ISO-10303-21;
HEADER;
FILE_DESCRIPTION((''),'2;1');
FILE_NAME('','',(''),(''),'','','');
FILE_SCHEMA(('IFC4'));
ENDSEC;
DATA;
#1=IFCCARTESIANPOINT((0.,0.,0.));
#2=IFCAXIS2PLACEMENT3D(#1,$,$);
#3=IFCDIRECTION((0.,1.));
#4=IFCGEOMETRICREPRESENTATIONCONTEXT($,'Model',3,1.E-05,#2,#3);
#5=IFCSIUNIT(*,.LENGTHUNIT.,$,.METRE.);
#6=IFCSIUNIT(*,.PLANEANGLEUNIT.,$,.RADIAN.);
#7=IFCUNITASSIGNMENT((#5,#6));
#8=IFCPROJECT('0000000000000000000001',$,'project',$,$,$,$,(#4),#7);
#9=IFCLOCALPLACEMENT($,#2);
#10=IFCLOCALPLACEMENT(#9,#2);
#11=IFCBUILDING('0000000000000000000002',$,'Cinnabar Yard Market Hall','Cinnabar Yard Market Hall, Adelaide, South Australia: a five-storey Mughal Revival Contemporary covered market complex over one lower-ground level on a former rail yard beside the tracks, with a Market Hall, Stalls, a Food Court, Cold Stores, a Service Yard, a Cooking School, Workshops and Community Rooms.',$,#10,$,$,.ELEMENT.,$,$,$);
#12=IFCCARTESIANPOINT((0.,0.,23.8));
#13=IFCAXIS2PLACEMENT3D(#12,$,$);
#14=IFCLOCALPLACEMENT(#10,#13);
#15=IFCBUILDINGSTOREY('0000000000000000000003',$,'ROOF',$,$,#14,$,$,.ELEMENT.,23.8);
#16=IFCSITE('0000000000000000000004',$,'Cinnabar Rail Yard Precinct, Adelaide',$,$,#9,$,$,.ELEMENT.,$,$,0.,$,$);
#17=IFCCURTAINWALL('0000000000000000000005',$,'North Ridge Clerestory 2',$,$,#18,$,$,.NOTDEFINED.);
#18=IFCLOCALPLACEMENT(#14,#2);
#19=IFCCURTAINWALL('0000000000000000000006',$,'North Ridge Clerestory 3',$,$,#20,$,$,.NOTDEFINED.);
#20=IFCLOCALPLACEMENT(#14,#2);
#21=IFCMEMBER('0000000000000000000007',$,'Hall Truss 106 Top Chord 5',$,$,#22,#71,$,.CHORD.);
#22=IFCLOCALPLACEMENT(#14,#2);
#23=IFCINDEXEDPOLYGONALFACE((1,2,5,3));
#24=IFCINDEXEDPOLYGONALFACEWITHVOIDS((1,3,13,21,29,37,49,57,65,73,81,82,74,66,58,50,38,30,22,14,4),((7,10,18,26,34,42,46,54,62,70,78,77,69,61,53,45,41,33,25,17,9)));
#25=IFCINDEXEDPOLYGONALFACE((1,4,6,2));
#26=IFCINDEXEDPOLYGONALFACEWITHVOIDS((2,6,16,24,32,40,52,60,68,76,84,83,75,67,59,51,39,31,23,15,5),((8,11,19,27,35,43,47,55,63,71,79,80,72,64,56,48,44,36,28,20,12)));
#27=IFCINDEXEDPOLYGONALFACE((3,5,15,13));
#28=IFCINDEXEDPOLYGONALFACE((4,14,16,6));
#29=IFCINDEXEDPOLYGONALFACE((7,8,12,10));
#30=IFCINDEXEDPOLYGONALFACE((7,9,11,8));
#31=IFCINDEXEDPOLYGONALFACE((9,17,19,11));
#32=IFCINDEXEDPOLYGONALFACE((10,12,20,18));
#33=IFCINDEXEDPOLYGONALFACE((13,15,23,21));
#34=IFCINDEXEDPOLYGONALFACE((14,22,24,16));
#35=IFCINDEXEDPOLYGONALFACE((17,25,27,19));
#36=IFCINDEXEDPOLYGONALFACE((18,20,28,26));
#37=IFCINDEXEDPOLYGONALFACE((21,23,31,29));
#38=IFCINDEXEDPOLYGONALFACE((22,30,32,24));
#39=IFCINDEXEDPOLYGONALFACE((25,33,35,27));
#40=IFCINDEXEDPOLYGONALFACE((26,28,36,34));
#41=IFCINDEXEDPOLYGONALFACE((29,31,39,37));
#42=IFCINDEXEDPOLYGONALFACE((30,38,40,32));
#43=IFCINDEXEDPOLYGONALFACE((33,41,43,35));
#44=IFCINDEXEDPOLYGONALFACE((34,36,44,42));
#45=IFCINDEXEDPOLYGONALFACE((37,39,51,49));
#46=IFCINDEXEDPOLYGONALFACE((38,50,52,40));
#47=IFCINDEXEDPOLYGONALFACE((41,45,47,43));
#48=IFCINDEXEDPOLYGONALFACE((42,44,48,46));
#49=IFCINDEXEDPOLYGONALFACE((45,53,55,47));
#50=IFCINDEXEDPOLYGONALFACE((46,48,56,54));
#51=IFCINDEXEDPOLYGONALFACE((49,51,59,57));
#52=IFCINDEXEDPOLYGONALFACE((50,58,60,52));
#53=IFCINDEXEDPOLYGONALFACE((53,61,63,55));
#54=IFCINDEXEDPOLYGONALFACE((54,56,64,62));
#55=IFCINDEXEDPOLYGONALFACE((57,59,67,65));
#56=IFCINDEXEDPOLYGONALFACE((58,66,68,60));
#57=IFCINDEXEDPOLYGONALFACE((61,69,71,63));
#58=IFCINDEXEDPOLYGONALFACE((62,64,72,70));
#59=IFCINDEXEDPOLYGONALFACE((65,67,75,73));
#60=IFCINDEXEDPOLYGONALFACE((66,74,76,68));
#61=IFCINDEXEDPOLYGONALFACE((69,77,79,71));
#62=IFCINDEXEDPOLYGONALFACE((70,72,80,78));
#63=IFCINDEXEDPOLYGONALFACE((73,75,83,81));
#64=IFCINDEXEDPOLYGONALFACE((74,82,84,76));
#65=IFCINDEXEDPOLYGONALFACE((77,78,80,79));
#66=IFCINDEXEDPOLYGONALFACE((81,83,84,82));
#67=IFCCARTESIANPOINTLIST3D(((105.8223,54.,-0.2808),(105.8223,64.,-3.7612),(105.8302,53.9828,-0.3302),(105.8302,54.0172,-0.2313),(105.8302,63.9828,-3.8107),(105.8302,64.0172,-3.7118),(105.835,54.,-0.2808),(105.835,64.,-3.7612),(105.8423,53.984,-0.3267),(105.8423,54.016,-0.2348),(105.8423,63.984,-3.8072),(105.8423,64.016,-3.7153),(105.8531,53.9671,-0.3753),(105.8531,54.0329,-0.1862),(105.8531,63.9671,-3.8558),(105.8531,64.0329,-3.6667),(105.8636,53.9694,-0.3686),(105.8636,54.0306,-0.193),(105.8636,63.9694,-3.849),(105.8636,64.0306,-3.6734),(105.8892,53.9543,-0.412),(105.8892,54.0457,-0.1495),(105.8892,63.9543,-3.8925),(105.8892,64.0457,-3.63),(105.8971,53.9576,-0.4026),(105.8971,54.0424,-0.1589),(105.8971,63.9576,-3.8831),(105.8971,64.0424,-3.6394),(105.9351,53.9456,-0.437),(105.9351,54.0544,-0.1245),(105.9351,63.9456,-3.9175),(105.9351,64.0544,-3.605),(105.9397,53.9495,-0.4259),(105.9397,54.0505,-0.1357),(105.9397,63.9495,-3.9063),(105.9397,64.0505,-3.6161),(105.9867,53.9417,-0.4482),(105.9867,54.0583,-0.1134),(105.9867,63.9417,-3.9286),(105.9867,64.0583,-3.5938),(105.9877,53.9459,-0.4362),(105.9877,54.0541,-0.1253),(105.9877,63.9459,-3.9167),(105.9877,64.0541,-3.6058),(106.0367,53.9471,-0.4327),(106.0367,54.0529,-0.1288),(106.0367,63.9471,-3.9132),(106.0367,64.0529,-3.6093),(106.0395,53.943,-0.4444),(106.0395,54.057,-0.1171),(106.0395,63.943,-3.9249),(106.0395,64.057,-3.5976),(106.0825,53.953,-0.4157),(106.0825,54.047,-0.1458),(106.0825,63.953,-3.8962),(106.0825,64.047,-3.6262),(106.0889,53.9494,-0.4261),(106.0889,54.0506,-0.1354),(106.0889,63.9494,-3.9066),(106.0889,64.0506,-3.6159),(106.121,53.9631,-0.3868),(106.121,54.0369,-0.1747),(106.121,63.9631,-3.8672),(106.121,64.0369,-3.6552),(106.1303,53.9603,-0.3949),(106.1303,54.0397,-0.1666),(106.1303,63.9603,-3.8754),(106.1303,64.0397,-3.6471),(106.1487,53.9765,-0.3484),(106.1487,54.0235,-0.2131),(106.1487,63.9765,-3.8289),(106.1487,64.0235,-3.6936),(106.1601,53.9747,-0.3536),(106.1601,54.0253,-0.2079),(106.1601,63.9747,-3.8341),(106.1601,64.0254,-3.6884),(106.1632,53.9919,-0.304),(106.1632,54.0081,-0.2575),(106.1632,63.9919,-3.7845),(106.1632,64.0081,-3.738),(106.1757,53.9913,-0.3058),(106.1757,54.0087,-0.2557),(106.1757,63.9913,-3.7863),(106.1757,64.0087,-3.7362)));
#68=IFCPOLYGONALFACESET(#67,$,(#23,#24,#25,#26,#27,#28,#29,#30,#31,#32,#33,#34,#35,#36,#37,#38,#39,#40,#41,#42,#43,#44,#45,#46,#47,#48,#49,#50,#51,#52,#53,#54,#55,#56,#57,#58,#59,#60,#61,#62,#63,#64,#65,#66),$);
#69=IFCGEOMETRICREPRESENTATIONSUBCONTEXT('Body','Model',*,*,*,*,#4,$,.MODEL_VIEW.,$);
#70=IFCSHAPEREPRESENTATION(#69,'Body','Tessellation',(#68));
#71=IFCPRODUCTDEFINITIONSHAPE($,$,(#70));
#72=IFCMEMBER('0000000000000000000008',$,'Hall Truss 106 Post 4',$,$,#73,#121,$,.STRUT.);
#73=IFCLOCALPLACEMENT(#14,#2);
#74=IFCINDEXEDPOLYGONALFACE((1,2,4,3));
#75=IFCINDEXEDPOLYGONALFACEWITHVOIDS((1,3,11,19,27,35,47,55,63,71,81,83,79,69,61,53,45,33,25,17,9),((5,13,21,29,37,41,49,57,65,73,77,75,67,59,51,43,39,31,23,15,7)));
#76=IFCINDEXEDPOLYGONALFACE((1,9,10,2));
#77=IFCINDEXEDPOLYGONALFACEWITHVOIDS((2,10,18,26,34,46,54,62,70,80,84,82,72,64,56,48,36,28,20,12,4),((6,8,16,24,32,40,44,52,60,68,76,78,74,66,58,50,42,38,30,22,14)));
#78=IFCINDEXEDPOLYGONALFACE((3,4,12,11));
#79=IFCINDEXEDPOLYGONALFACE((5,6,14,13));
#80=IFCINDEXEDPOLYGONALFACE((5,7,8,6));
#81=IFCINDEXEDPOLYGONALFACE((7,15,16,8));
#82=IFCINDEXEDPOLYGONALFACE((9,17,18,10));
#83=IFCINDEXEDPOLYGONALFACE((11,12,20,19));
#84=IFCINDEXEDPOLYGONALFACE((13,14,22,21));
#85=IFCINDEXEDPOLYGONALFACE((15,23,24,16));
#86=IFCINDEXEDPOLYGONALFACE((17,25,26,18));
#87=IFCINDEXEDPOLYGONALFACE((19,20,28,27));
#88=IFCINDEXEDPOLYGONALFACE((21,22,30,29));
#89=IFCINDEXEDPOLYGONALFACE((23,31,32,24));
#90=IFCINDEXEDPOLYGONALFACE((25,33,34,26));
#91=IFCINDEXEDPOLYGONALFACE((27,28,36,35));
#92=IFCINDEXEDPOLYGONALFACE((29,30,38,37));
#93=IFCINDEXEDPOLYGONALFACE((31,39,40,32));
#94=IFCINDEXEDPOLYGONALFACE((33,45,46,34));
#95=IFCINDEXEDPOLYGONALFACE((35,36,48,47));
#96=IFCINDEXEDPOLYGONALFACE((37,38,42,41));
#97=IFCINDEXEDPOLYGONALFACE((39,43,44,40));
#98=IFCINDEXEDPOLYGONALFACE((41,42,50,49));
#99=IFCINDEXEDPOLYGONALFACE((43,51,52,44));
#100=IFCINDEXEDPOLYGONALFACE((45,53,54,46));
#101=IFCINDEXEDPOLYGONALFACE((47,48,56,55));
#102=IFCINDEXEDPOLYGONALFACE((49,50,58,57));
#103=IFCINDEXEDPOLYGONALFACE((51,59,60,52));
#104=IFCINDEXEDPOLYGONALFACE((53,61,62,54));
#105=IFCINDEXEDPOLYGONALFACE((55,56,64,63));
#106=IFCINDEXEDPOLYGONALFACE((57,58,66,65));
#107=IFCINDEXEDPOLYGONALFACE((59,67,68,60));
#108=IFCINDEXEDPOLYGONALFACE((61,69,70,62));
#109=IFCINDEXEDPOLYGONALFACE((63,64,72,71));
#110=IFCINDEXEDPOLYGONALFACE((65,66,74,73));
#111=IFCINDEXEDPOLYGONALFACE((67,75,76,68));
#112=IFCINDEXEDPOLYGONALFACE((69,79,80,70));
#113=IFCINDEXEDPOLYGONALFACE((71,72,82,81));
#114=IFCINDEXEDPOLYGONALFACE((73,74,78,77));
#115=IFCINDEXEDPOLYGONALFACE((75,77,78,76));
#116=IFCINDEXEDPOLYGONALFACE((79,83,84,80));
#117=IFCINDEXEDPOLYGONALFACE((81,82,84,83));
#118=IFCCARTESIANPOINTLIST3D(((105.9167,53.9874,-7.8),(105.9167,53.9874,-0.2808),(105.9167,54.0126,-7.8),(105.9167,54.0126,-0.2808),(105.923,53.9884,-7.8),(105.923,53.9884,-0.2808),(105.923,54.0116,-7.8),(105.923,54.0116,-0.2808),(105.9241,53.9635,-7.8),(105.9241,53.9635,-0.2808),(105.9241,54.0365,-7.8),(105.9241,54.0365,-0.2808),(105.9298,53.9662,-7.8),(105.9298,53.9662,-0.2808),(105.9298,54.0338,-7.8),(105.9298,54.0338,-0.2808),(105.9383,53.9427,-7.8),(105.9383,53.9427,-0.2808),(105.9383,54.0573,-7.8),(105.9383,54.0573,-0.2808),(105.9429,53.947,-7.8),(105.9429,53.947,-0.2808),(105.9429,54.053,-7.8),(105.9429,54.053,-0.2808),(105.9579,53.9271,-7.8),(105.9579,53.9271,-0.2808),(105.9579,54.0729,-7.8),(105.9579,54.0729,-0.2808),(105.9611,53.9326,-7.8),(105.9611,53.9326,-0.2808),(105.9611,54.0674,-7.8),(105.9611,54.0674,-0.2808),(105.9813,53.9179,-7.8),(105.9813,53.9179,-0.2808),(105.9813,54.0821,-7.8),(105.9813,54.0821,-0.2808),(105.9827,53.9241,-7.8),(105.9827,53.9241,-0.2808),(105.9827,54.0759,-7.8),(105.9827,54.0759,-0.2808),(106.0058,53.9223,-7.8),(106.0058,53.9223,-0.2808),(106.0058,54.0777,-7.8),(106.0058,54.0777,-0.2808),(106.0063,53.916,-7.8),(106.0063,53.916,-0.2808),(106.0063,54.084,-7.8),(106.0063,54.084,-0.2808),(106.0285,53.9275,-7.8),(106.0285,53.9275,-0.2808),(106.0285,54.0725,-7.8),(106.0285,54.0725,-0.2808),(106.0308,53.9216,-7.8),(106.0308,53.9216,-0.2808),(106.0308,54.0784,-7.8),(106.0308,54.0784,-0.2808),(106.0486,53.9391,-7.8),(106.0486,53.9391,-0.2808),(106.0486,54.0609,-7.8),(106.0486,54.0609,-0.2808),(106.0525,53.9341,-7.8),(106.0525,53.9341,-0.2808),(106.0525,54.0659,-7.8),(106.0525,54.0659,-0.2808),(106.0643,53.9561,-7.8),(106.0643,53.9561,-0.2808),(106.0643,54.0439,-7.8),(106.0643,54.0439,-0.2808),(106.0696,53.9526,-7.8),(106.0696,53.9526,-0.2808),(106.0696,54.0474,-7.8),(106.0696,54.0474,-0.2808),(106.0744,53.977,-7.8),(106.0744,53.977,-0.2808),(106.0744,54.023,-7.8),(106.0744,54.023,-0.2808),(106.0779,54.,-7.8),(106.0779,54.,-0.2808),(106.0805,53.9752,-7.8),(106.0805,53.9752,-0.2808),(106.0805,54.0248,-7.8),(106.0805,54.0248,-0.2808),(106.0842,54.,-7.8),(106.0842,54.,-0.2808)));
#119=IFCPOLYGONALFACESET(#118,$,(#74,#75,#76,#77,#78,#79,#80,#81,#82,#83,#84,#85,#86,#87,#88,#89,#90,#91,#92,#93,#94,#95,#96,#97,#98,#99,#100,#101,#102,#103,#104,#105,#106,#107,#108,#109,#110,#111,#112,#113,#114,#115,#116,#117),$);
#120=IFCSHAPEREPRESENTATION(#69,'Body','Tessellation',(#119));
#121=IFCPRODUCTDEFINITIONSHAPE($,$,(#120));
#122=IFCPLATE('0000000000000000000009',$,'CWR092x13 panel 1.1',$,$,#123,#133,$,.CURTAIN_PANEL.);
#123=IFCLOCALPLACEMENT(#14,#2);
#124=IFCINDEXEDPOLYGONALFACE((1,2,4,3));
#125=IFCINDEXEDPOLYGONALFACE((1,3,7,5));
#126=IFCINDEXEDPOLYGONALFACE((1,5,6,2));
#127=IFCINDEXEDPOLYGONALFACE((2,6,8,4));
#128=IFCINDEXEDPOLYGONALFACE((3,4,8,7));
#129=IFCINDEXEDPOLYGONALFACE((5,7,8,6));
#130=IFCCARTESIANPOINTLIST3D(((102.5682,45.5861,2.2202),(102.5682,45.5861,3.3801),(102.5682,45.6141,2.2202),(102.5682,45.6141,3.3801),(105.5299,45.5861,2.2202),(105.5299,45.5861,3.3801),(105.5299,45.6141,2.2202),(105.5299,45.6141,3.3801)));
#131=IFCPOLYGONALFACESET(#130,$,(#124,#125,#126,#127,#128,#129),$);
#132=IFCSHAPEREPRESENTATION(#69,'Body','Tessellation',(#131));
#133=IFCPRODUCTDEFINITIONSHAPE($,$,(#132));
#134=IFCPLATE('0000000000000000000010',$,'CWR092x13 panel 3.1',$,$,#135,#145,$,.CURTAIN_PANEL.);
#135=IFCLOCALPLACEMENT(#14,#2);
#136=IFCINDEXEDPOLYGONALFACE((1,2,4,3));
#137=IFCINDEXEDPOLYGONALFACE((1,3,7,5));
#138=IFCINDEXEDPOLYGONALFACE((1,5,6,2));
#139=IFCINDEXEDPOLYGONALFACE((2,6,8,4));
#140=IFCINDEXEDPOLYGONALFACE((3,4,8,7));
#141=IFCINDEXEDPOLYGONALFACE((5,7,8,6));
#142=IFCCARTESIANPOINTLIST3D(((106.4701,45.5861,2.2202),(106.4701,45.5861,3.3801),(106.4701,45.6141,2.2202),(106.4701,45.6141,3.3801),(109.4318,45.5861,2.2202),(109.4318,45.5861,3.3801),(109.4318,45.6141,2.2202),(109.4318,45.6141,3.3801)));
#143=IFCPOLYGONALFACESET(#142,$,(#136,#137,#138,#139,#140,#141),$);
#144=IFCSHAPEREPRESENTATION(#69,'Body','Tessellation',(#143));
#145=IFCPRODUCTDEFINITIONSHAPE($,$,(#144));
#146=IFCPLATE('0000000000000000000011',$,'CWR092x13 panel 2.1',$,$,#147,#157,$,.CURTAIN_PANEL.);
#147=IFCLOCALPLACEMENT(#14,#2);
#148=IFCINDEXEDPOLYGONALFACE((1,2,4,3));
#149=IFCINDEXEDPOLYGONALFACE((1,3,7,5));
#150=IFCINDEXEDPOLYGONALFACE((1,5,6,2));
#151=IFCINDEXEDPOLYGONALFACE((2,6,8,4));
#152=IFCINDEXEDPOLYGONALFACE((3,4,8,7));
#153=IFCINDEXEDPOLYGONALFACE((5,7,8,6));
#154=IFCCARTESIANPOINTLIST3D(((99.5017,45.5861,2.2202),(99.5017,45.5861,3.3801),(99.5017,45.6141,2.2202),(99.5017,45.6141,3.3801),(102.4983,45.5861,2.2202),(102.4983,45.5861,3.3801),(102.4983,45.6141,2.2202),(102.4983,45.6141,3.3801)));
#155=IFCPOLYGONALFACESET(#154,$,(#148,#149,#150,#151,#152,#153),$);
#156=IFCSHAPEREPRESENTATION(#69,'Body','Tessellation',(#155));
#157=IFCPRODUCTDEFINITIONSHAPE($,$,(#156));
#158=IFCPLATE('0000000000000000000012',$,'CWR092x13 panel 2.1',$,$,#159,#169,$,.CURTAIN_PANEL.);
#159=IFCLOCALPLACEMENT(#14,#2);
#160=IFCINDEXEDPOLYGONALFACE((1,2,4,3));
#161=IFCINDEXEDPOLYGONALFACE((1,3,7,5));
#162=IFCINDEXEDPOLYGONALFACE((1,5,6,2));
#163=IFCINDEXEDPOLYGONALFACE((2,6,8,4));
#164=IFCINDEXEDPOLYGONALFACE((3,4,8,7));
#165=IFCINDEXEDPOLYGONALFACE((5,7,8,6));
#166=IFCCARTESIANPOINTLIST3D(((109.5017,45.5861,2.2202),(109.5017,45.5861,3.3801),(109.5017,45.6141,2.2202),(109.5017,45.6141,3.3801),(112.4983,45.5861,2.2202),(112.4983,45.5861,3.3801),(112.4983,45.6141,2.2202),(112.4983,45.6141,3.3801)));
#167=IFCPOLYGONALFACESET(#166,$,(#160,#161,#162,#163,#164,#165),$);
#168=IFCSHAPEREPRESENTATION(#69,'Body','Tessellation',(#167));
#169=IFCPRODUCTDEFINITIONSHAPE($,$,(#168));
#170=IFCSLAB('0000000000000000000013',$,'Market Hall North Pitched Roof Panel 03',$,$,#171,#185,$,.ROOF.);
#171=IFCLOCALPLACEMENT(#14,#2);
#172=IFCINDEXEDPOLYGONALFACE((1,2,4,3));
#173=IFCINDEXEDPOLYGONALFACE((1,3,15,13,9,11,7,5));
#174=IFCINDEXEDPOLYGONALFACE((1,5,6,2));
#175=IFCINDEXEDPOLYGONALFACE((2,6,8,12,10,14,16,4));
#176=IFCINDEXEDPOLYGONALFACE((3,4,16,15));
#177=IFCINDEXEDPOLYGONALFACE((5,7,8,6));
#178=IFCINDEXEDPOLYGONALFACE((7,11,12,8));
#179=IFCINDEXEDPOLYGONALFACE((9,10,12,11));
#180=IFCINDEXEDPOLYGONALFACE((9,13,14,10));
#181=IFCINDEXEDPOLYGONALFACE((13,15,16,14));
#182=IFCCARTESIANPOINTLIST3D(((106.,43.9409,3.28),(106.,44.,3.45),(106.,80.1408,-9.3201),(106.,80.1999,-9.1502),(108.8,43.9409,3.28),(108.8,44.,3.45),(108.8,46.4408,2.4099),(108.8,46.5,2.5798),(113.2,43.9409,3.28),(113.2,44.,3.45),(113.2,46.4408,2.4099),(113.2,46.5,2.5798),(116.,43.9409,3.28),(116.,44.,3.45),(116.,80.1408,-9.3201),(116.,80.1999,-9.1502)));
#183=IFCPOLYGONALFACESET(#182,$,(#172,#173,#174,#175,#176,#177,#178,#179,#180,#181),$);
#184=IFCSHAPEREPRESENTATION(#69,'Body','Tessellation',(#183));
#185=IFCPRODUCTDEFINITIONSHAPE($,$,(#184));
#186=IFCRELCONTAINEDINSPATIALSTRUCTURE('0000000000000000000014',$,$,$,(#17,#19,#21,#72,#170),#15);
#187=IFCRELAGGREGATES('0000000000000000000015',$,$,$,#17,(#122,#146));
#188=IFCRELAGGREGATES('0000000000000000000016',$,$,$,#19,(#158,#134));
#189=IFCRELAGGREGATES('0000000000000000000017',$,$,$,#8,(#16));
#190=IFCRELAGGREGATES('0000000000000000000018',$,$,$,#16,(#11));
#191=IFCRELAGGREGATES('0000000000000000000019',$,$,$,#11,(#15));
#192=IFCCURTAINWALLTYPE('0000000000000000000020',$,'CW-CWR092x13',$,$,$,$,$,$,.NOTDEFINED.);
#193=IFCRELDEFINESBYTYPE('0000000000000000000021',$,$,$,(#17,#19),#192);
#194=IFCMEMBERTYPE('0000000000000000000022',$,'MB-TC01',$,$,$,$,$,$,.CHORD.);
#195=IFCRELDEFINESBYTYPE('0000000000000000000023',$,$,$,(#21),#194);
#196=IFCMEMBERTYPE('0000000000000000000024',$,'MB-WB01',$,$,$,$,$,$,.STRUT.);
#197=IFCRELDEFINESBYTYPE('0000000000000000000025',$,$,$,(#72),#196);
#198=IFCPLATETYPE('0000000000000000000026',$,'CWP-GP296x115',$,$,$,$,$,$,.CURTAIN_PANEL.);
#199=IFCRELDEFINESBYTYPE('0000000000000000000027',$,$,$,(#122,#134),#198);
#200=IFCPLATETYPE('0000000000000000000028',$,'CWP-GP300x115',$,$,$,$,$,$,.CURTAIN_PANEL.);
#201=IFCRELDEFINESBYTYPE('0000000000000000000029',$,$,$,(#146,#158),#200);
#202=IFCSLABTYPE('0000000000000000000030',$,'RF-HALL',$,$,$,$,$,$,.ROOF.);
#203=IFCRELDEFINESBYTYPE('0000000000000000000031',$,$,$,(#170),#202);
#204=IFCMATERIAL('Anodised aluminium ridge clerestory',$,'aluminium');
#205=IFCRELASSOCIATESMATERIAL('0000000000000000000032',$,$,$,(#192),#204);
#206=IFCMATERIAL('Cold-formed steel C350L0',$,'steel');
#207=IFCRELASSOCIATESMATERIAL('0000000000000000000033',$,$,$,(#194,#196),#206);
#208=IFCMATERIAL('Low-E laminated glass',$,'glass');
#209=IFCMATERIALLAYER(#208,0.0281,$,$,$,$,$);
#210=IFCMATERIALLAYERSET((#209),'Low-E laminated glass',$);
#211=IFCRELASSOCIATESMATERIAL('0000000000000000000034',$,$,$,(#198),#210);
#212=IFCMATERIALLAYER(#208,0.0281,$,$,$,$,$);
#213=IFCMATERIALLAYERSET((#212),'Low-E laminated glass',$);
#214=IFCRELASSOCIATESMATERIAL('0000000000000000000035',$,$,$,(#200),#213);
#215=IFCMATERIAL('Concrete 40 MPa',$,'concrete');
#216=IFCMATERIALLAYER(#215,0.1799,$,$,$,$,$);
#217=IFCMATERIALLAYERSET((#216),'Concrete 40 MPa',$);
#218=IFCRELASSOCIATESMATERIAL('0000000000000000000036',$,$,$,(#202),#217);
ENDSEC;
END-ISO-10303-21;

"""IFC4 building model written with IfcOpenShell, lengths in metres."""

from ifc_helpers import new_model, si_unit, direction, frame, origin, origin_2d_with_axis, place, context, subcontext, project, spatial, polyline, rectangle, hollow_circle, outline, extrude, material, layer, layer_set, material_profile, profile_set, type_object, element, aggregate, save


model = new_model("IFC4")

# Units and contexts
model_context = context("Model", 3, precision=1e-05, world=origin(), true_north=direction((0.0, 1.0)))
body_context = subcontext(model_context, "Body", "Model", "MODEL_VIEW")
ifc_project = project(units=[si_unit("LENGTHUNIT", "METRE"), si_unit("PLANEANGLEUNIT", "RADIAN")], contexts=[model_context])

# Site, building, storey
site_placement = place(None, origin())
site = spatial("IfcSite", under=ifc_project, at=site_placement, Name="Cinnabar Rail Yard Precinct, Adelaide", CompositionType="ELEMENT", RefElevation=0.0)
building_placement = place(site_placement, origin())
building = spatial("IfcBuilding", under=site, at=building_placement, Name="Cinnabar Yard Market Hall", Description="Cinnabar Yard Market Hall, Adelaide, South Australia: a five-storey Mughal Revival Contemporary covered market complex over one lower-ground level on a former rail yard beside the tracks, with a Market Hall, Stalls, a Food Court, Cold Stores, a Service Yard, a Cooking School, Workshops and Community Rooms.", CompositionType="ELEMENT")
storey_placement = place(building_placement, frame((0.0, 0.0, 23.8)))
storey = spatial("IfcBuildingStorey", under=building, at=storey_placement, Name="ROOF", CompositionType="ELEMENT", Elevation=23.8)

# Curtain walls
ifc_material_1 = material(Name="Anodised aluminium ridge clerestory", Category="aluminium")
curtain_wall_type = type_object("IfcCurtainWallType", Name="CW-CWR092x13", PredefinedType="NOTDEFINED", material=ifc_material_1)
curtain_wall_1_placement = place(storey_placement, origin())
curtain_wall_1 = element("IfcCurtainWall", 1, at=curtain_wall_1_placement, inside=storey, type_object=curtain_wall_type, Name="North Ridge Clerestory 2", PredefinedType="NOTDEFINED")
curtain_wall_2_placement = place(storey_placement, origin())
curtain_wall_2 = element("IfcCurtainWall", 2, at=curtain_wall_2_placement, inside=storey, type_object=curtain_wall_type, Name="North Ridge Clerestory 3", PredefinedType="NOTDEFINED")

# Members
ifc_material_2 = material(Name="Cold-formed steel C350L0", Category="steel")
ifc_material_profile_1 = material_profile(ifc_material_2, hollow_circle(Radius=0.1777, WallThickness=0.0127, at=origin_2d_with_axis()), Name="355.6x12.7CHS")
ifc_profile_set_1 = profile_set([ifc_material_profile_1], Name="Cold-formed steel C350L0")
member_type_1 = type_object("IfcMemberType", Name="MB-TC01", PredefinedType="CHORD", material=ifc_profile_set_1)
member_1_placement = place(storey_placement, frame((106.0, 54.0, -0.2808), z_axis=(0.0, 0.944432, -0.328707), x_axis=(-1.0, 0.0, 0.0)))
element("IfcMember", 3, at=member_1_placement, inside=storey, type_object=member_type_1, Name="Hall Truss 106 Top Chord 5", PredefinedType="CHORD", context=body_context, shape_type="SweptSolid", body=[
    extrude(hollow_circle(Radius=0.1777, WallThickness=0.0127, at=origin_2d_with_axis()), origin(), (0.0, 0.0, 1.0), 10.5884),
])
ifc_material_profile_2 = material_profile(ifc_material_2, hollow_circle(Radius=0.0842, WallThickness=0.0063, at=origin_2d_with_axis()), Name="168.3x6.4CHS")
ifc_profile_set_2 = profile_set([ifc_material_profile_2], Name="Cold-formed steel C350L0")
member_type_2 = type_object("IfcMemberType", Name="MB-WB01", PredefinedType="STRUT", material=ifc_profile_set_2)
member_2_placement = place(storey_placement, frame((106.0, 54.0, -7.8), z_axis=(0.0, 0.0, 1.0), x_axis=(1.0, 0.0, 0.0)))
element("IfcMember", 4, at=member_2_placement, inside=storey, type_object=member_type_2, Name="Hall Truss 106 Post 4", PredefinedType="STRUT", context=body_context, shape_type="SweptSolid", body=[
    extrude(hollow_circle(Radius=0.0842, WallThickness=0.0063, at=origin_2d_with_axis()), origin(), (0.0, 0.0, 1.0), 7.5193),
])

# Plates
ifc_material_3 = material(Name="Low-E laminated glass", Category="glass")
ifc_layer_1 = layer(ifc_material_3, 0.0281)
ifc_layer_set_1 = layer_set([ifc_layer_1], Name="Low-E laminated glass")
plate_type_1 = type_object("IfcPlateType", Name="CWP-GP296x115", PredefinedType="CURTAIN_PANEL", material=ifc_layer_set_1)
plate_1_placement = place(storey_placement, frame((104.0491, 45.6001, 2.2202), z_axis=(0.0, 0.0, 1.0), x_axis=(-1.0, 0.0, 0.0)))
plate_1 = element("IfcPlate", 5, at=plate_1_placement, type_object=plate_type_1, Name="CWR092x13 panel 1.1", PredefinedType="CURTAIN_PANEL", context=body_context, shape_type="SweptSolid", body=[
    extrude(rectangle(XDim=2.9617, YDim=0.0281, at=origin_2d_with_axis()), origin(), (0.0, 0.0, 1.0), 1.1599),
])
plate_2_placement = place(storey_placement, frame((107.9509, 45.6001, 2.2202), z_axis=(0.0, 0.0, 1.0), x_axis=(-1.0, 0.0, 0.0)))
plate_2 = element("IfcPlate", 6, at=plate_2_placement, type_object=plate_type_1, Name="CWR092x13 panel 3.1", PredefinedType="CURTAIN_PANEL", context=body_context, shape_type="SweptSolid", body=[
    extrude(rectangle(XDim=2.9617, YDim=0.0281, at=origin_2d_with_axis()), origin(), (0.0, 0.0, 1.0), 1.1599),
])
ifc_layer_2 = layer(ifc_material_3, 0.0281)
ifc_layer_set_2 = layer_set([ifc_layer_2], Name="Low-E laminated glass")
plate_type_2 = type_object("IfcPlateType", Name="CWP-GP300x115", PredefinedType="CURTAIN_PANEL", material=ifc_layer_set_2)
plate_3_placement = place(storey_placement, frame((101.0, 45.6001, 2.2202), z_axis=(0.0, 0.0, 1.0), x_axis=(-1.0, 0.0, 0.0)))
plate_3 = element("IfcPlate", 7, at=plate_3_placement, type_object=plate_type_2, Name="CWR092x13 panel 2.1", PredefinedType="CURTAIN_PANEL", context=body_context, shape_type="SweptSolid", body=[
    extrude(rectangle(XDim=2.9966, YDim=0.0281, at=origin_2d_with_axis()), origin(), (0.0, 0.0, 1.0), 1.1599),
])
aggregate(curtain_wall_1, [plate_1, plate_3])
plate_4_placement = place(storey_placement, frame((111.0, 45.6001, 2.2202), z_axis=(0.0, 0.0, 1.0), x_axis=(-1.0, 0.0, 0.0)))
plate_4 = element("IfcPlate", 8, at=plate_4_placement, type_object=plate_type_2, Name="CWR092x13 panel 2.1", PredefinedType="CURTAIN_PANEL", context=body_context, shape_type="SweptSolid", body=[
    extrude(rectangle(XDim=2.9966, YDim=0.0281, at=origin_2d_with_axis()), origin(), (0.0, 0.0, 1.0), 1.1599),
])
aggregate(curtain_wall_2, [plate_4, plate_2])

# Slab
ifc_material_4 = material(Name="Concrete 40 MPa", Category="concrete")
ifc_layer_3 = layer(ifc_material_4, 0.1799)
ifc_layer_set_3 = layer_set([ifc_layer_3], Name="Concrete 40 MPa")
slab_type = type_object("IfcSlabType", Name="RF-HALL", PredefinedType="ROOF", material=ifc_layer_set_3)
slab_placement = place(storey_placement, frame((106.0, 44.0, 3.45), z_axis=(0.0, 0.328726, 0.944425), x_axis=(1.0, 0.0, 0.0)))
element("IfcSlab", 9, at=slab_placement, inside=storey, type_object=slab_type, Name="Market Hall North Pitched Roof Panel 03", PredefinedType="ROOF", context=body_context, shape_type="SweptSolid", body=[
    extrude(outline(polyline([(0.0, 0.0), (2.8, 0.0), (2.8, 2.6471), (7.2, 2.6471), (7.2, 0.0), (10.0, 0.0), (10.0, 38.3301), (0.0, 38.3301), (0.0, 0.0)])), origin(), (0.0, 0.0, -1.0), 0.1799),
])

save(model, "model.ifc")
